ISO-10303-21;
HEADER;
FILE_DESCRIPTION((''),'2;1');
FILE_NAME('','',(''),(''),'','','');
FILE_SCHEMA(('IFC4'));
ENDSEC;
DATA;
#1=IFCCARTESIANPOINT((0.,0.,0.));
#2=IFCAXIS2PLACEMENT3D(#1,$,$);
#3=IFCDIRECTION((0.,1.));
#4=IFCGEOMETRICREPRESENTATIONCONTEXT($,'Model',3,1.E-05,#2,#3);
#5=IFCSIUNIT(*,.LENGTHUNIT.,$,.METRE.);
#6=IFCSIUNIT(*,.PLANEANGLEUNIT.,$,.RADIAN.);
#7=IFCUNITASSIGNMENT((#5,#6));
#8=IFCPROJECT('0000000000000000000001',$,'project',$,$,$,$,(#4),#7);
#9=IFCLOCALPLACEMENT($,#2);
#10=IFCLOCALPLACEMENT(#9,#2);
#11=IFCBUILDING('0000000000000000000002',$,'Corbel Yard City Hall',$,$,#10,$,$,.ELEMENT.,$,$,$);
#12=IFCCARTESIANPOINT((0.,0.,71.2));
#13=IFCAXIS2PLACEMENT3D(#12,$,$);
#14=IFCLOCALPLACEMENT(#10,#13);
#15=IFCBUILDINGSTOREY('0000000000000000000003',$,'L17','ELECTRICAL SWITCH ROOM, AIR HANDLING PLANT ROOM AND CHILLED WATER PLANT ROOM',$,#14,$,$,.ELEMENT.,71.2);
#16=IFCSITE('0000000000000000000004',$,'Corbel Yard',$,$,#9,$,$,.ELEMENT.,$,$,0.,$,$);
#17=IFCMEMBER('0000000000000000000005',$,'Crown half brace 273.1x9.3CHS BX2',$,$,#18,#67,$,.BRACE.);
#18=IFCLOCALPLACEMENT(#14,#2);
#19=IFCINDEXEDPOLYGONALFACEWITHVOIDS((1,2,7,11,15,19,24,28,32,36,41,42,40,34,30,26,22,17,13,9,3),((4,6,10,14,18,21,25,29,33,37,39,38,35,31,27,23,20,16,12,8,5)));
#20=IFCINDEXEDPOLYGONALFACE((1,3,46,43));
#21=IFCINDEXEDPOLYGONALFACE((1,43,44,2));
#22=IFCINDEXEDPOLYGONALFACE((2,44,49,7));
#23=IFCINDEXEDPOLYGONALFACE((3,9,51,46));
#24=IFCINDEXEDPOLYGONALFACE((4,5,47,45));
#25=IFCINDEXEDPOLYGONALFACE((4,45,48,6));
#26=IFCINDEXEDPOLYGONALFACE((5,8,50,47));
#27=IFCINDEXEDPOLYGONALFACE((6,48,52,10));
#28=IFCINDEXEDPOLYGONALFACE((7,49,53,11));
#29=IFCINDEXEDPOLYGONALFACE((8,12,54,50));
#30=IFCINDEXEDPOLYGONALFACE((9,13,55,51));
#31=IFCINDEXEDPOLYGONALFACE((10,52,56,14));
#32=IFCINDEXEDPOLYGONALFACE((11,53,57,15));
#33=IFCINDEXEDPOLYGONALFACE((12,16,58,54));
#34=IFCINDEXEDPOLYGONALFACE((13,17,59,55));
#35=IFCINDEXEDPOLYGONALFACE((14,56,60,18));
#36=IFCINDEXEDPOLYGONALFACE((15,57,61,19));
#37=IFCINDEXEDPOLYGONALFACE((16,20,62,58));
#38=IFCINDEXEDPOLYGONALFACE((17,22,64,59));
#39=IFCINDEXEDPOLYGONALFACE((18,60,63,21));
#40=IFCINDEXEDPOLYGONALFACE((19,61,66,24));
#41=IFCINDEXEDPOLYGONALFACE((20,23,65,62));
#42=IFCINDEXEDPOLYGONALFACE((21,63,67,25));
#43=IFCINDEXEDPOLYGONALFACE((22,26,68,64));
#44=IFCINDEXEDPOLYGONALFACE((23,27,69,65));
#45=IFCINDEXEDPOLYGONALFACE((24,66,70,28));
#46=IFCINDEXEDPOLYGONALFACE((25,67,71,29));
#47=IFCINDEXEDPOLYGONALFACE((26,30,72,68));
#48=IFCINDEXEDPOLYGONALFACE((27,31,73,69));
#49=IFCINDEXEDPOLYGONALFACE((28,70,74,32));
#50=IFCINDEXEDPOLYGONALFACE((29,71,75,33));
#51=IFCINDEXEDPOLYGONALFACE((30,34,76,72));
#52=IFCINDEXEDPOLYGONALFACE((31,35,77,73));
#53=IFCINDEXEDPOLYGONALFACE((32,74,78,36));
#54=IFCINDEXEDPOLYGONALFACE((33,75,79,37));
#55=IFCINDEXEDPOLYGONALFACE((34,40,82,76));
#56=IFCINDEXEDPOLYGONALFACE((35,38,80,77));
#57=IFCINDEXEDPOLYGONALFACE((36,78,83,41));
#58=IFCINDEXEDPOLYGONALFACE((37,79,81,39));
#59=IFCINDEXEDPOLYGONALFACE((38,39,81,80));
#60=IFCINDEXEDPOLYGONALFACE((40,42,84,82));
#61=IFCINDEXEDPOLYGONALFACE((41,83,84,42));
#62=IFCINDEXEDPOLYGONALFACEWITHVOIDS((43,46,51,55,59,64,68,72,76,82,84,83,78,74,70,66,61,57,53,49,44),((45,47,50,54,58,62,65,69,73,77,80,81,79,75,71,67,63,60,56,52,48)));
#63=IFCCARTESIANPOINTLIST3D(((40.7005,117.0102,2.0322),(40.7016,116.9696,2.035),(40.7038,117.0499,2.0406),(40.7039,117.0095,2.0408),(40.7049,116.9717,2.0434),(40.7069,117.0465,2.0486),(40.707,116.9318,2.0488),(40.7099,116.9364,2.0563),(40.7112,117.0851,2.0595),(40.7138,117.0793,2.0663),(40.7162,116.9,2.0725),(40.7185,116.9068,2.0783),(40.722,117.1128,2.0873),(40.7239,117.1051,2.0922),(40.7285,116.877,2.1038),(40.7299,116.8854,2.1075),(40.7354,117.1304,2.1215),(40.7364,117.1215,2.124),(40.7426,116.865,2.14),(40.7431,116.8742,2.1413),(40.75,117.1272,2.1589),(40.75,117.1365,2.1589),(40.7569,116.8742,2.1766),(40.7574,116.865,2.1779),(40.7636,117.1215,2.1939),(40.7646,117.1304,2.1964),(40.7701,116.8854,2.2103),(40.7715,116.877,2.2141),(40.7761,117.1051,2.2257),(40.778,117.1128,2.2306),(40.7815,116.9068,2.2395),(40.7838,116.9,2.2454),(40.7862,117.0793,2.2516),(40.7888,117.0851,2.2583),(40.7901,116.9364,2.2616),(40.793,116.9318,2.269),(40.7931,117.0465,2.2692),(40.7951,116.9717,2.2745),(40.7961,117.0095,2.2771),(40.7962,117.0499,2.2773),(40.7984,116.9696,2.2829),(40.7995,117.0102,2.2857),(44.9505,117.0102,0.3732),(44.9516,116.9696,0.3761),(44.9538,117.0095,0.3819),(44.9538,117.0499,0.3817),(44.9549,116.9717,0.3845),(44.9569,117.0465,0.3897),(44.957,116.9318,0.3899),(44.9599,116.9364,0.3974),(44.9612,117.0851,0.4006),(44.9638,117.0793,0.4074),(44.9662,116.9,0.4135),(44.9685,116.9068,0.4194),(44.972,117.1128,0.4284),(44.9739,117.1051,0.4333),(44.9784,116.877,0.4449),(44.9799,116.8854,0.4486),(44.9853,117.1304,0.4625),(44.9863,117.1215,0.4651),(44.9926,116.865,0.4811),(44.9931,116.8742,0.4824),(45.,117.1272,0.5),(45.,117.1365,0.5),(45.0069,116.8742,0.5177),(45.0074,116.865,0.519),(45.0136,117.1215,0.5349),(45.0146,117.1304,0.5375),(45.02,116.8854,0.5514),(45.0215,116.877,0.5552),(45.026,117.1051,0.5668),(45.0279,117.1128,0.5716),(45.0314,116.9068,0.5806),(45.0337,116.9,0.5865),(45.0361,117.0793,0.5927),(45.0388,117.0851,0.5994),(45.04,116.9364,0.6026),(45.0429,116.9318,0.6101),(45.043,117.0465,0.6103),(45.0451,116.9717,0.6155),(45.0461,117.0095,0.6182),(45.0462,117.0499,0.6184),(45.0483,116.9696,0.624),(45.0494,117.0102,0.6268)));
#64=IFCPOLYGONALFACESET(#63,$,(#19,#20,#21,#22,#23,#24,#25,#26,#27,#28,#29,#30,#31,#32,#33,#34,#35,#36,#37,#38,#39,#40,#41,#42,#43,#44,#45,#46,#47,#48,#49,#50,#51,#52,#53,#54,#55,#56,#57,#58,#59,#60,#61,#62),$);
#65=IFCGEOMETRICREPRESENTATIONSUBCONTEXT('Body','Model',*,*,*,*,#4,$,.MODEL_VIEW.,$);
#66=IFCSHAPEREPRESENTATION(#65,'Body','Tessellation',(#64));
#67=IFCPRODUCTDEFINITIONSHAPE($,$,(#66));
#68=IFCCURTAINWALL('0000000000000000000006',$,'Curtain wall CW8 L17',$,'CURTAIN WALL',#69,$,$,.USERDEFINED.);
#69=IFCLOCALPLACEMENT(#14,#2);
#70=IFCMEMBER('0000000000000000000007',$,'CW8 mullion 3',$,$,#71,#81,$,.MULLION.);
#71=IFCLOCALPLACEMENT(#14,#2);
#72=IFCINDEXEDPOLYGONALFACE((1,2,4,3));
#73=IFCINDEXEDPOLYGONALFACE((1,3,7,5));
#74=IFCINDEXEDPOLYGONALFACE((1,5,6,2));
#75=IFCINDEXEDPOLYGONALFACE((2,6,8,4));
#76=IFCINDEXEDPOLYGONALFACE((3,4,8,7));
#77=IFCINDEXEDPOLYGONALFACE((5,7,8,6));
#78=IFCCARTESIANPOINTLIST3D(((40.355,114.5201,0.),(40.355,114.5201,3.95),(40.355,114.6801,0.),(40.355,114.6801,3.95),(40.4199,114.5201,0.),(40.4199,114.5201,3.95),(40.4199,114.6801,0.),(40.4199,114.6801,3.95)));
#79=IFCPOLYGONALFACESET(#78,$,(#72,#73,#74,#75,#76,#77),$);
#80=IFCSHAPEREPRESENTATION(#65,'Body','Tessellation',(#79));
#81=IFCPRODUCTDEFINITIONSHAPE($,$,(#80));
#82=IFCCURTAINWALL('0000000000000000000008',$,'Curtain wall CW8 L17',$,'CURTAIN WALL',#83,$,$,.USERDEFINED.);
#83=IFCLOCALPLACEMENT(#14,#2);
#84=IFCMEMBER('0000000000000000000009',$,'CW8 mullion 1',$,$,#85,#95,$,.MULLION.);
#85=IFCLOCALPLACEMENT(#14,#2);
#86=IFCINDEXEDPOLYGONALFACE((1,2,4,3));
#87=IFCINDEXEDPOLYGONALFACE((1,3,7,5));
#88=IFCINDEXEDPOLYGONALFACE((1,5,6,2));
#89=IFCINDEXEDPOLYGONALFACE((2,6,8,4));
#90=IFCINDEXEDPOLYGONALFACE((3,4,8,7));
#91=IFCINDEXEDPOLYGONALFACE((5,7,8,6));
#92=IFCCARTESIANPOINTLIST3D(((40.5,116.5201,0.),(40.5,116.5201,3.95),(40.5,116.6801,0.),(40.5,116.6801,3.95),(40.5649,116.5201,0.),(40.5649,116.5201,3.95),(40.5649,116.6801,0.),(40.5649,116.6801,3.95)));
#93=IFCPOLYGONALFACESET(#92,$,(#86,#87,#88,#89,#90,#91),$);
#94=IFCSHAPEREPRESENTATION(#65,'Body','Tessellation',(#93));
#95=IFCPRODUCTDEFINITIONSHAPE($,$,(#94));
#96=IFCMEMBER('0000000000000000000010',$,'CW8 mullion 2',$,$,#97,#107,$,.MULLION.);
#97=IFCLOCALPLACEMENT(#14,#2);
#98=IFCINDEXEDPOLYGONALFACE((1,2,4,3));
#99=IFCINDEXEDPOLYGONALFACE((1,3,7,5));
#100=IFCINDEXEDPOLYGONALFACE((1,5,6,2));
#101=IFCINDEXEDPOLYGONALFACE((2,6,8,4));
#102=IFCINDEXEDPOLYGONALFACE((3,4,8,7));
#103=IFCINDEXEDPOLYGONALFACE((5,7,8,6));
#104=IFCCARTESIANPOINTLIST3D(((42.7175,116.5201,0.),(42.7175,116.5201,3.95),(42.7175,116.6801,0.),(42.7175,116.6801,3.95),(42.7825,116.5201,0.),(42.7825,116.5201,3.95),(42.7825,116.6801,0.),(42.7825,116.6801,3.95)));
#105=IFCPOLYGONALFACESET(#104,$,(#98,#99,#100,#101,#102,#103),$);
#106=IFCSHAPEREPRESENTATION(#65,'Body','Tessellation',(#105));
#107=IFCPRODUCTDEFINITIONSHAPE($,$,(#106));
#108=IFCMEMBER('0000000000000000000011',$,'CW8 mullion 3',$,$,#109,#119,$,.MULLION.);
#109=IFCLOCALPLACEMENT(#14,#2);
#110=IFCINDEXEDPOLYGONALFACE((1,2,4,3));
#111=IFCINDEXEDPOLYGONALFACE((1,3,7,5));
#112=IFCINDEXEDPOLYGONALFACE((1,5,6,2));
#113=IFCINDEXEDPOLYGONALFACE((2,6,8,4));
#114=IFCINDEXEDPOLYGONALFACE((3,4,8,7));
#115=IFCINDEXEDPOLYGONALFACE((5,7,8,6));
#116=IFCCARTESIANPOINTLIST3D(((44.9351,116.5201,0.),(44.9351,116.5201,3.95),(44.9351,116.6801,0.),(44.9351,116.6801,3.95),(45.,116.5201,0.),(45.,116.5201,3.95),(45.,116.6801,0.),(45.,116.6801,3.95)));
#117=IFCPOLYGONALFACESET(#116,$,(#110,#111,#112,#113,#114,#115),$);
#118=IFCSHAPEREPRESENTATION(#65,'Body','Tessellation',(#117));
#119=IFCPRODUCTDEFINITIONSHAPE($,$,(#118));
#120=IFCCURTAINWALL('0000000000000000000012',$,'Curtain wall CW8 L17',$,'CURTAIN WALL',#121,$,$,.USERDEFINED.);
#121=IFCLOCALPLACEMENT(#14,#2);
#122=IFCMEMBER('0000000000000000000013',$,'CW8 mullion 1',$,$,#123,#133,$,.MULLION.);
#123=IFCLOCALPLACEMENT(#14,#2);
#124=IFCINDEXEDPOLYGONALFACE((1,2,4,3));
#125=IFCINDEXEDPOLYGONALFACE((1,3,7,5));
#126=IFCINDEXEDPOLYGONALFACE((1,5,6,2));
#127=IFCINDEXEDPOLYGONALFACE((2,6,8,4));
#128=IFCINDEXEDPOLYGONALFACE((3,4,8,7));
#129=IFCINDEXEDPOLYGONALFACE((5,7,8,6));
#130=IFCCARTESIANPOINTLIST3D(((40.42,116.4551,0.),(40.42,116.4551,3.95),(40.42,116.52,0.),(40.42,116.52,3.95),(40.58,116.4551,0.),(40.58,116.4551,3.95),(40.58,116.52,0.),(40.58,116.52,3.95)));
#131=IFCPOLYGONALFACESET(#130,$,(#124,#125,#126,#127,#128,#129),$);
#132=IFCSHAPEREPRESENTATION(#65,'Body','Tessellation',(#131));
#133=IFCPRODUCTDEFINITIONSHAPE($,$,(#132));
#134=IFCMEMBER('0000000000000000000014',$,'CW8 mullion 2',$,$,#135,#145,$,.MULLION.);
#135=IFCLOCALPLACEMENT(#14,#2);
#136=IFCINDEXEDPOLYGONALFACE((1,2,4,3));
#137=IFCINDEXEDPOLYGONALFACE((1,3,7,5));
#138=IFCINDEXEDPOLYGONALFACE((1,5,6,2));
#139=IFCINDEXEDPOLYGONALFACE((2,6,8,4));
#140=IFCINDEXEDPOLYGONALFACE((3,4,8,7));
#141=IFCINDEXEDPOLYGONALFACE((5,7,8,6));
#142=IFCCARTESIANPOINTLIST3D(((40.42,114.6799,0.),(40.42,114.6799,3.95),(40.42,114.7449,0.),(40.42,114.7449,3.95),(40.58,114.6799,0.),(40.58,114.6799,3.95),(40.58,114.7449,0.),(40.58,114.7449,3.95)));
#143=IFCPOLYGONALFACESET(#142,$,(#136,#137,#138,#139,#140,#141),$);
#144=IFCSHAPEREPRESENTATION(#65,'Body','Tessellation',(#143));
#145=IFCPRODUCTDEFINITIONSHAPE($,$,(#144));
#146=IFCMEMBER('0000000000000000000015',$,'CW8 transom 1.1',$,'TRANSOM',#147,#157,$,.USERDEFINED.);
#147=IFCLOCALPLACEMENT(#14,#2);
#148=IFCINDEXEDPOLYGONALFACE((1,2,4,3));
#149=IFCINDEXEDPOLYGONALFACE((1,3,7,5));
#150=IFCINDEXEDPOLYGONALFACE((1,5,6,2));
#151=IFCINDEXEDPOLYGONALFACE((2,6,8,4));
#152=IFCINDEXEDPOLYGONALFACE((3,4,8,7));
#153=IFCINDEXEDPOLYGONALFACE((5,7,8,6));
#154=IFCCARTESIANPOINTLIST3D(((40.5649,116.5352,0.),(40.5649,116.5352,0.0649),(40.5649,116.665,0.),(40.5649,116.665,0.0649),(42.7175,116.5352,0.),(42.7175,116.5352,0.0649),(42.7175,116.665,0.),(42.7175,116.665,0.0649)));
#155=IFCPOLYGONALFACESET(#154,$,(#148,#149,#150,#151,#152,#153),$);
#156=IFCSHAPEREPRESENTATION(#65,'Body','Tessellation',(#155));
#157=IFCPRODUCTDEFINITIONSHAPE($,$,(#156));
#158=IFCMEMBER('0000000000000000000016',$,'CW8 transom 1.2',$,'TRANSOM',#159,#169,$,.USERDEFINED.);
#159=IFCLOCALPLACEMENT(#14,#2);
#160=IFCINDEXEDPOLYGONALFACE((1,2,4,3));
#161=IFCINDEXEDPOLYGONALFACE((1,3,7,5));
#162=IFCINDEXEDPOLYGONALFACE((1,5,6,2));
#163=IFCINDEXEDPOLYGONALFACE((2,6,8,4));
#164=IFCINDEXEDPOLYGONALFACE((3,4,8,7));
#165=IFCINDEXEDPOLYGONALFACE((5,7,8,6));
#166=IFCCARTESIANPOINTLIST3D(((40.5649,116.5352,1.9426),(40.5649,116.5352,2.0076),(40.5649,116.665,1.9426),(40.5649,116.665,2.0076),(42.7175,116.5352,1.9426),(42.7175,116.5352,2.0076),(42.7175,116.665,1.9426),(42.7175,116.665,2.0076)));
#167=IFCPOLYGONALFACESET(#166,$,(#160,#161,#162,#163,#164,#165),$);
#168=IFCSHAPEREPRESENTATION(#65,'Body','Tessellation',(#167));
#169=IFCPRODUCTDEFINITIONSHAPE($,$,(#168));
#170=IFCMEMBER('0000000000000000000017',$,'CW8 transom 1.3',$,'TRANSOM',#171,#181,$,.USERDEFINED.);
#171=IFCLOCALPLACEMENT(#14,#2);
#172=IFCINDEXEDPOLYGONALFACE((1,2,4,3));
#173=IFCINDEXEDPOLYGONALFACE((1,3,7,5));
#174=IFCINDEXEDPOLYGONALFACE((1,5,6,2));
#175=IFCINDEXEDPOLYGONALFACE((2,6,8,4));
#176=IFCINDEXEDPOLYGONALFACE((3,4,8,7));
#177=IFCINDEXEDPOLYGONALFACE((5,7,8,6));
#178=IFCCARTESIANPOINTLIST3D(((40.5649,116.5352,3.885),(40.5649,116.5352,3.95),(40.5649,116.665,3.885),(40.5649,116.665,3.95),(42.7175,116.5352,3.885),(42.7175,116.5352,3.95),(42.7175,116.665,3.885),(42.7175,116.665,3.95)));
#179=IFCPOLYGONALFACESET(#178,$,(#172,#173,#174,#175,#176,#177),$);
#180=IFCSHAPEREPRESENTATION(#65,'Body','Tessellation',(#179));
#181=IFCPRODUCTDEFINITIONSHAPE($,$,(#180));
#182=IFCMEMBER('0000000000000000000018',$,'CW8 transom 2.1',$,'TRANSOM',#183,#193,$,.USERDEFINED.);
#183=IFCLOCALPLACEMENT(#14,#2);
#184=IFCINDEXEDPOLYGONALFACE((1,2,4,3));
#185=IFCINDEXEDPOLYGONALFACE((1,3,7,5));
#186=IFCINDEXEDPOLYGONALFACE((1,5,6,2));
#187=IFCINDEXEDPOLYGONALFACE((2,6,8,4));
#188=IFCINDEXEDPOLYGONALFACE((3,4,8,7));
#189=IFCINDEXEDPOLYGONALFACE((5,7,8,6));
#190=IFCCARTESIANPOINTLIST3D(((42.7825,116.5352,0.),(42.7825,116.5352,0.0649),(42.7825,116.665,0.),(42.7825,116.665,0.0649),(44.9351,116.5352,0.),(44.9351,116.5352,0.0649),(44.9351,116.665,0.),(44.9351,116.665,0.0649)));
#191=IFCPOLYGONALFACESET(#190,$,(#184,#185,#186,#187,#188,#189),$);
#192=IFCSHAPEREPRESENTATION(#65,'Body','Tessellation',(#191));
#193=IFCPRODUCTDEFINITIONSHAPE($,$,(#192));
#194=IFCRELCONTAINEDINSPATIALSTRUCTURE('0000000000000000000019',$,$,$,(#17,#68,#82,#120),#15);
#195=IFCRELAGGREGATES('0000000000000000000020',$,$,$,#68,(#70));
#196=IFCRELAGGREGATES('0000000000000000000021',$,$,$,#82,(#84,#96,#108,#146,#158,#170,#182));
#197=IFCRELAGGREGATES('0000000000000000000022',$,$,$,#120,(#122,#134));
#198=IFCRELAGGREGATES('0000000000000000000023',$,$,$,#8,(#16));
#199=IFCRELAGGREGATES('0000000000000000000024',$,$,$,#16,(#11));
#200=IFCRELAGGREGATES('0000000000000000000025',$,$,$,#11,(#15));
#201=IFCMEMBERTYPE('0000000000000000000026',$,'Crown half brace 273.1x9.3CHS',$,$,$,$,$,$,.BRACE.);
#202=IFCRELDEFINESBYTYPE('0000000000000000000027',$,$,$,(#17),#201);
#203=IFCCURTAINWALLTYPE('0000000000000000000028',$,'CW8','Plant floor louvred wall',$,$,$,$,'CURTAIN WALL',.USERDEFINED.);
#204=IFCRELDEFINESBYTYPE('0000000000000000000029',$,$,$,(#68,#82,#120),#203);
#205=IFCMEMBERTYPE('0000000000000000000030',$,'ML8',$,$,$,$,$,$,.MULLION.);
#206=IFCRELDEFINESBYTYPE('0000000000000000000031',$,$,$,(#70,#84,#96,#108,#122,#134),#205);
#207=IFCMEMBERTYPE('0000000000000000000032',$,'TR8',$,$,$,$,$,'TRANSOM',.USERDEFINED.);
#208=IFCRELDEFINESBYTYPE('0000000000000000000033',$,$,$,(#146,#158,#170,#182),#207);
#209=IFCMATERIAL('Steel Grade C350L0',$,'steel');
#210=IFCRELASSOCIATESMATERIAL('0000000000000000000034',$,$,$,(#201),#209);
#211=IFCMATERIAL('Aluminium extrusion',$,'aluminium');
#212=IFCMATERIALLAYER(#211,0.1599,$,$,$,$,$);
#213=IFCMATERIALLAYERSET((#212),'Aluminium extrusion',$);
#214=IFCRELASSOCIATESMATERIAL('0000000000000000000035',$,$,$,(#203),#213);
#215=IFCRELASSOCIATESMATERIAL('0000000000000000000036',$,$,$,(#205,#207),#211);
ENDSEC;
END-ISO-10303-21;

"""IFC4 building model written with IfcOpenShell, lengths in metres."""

from ifc_helpers import new_model, si_unit, direction, frame, origin, origin_2d, place, context, subcontext, project, spatial, rectangle, hollow_circle, extrude, material, layer, layer_set, material_profile, profile_set, type_object, element, aggregate, save


model = new_model("IFC4")

# Units and contexts
model_context = context("Model", 3, precision=1e-05, world=origin(), true_north=direction((0.0, 1.0)))
body_context = subcontext(model_context, "Body", "Model", "MODEL_VIEW")
ifc_project = project(units=[si_unit("LENGTHUNIT", "METRE"), si_unit("PLANEANGLEUNIT", "RADIAN")], contexts=[model_context])

# Site, building, storey
site_placement = place(None, origin())
site = spatial("IfcSite", under=ifc_project, at=site_placement, Name="Corbel Yard", CompositionType="ELEMENT", RefElevation=0.0)
building_placement = place(site_placement, origin())
building = spatial("IfcBuilding", under=site, at=building_placement, Name="Corbel Yard City Hall", CompositionType="ELEMENT")
storey_placement = place(building_placement, frame((0.0, 0.0, 71.2)))
storey = spatial("IfcBuildingStorey", under=building, at=storey_placement, Name="L17", Description="ELECTRICAL SWITCH ROOM, AIR HANDLING PLANT ROOM AND CHILLED WATER PLANT ROOM", CompositionType="ELEMENT", Elevation=71.2)

# Member
ifc_material_1 = material(Name="Steel Grade C350L0", Category="steel")
ifc_material_profile_1 = material_profile(ifc_material_1, hollow_circle(Radius=0.1365, WallThickness=0.0093, at=origin_2d()), Name="273.1x9.3CHS")
ifc_profile_set_1 = profile_set([ifc_material_profile_1], Name="Steel Grade C350L0")
member_type_1 = type_object("IfcMemberType", Name="Crown half brace 273.1x9.3CHS", PredefinedType="BRACE", material=ifc_profile_set_1)
member_1_placement = place(storey_placement, frame((40.75, 117.0, 2.1589), z_axis=(0.931548, 0.0, -0.363618), x_axis=(0.0, 1.0, 0.0)))
element("IfcMember", 1, at=member_1_placement, inside=storey, type_object=member_type_1, Name="Crown half brace 273.1x9.3CHS BX2", PredefinedType="BRACE", context=body_context, shape_type="SweptSolid", body=[
    extrude(hollow_circle(Radius=0.1365, WallThickness=0.0093, at=origin_2d()), origin(), (0.0, 0.0, 1.0), 4.5623),
])

# Curtain wall, member
ifc_material_2 = material(Name="Aluminium extrusion", Category="aluminium")
ifc_layer_1 = layer(ifc_material_2, 0.1599)
ifc_layer_set_1 = layer_set([ifc_layer_1], Name="Aluminium extrusion")
curtain_wall_type = type_object("IfcCurtainWallType", Name="CW8", Description="Plant floor louvred wall", ElementType="CURTAIN WALL", PredefinedType="USERDEFINED", material=ifc_layer_set_1)
curtain_wall_1_placement = place(storey_placement, origin())
curtain_wall_1 = element("IfcCurtainWall", 2, at=curtain_wall_1_placement, inside=storey, type_object=curtain_wall_type, Name="Curtain wall CW8 L17", ObjectType="CURTAIN WALL", PredefinedType="USERDEFINED")
ifc_material_profile_2 = material_profile(ifc_material_2, rectangle(XDim=0.1599, YDim=0.0649, at=origin_2d()), Name="160x65")
ifc_profile_set_2 = profile_set([ifc_material_profile_2], Name="Aluminium extrusion")
member_type_2 = type_object("IfcMemberType", Name="ML8", PredefinedType="MULLION", material=ifc_profile_set_2)
member_2_placement = place(storey_placement, frame((40.3875, 114.6001, 0.0), z_axis=(0.0, 0.0, 1.0), x_axis=(0.0, 1.0, 0.0)))
member_2 = element("IfcMember", 3, at=member_2_placement, type_object=member_type_2, Name="CW8 mullion 3", PredefinedType="MULLION", context=body_context, shape_type="SweptSolid", body=[
    extrude(rectangle(XDim=0.1599, YDim=0.0649, at=origin_2d()), origin(), (0.0, 0.0, 1.0), 3.95),
])
aggregate(curtain_wall_1, [member_2])

# Curtain walls, members
curtain_wall_2_placement = place(storey_placement, origin())
curtain_wall_2 = element("IfcCurtainWall", 4, at=curtain_wall_2_placement, inside=storey, type_object=curtain_wall_type, Name="Curtain wall CW8 L17", ObjectType="CURTAIN WALL", PredefinedType="USERDEFINED")
member_3_placement = place(storey_placement, frame((40.5325, 116.6001, 0.0), z_axis=(0.0, 0.0, 1.0), x_axis=(0.0, 1.0, 0.0)))
member_3 = element("IfcMember", 5, at=member_3_placement, type_object=member_type_2, Name="CW8 mullion 1", PredefinedType="MULLION", context=body_context, shape_type="SweptSolid", body=[
    extrude(rectangle(XDim=0.1599, YDim=0.0649, at=origin_2d()), origin(), (0.0, 0.0, 1.0), 3.95),
])
member_4_placement = place(storey_placement, frame((42.75, 116.6001, 0.0), z_axis=(0.0, 0.0, 1.0), x_axis=(0.0, 1.0, 0.0)))
member_4 = element("IfcMember", 6, at=member_4_placement, type_object=member_type_2, Name="CW8 mullion 2", PredefinedType="MULLION", context=body_context, shape_type="SweptSolid", body=[
    extrude(rectangle(XDim=0.1599, YDim=0.0649, at=origin_2d()), origin(), (0.0, 0.0, 1.0), 3.95),
])
member_5_placement = place(storey_placement, frame((44.9675, 116.6001, 0.0), z_axis=(0.0, 0.0, 1.0), x_axis=(0.0, 1.0, 0.0)))
member_5 = element("IfcMember", 7, at=member_5_placement, type_object=member_type_2, Name="CW8 mullion 3", PredefinedType="MULLION", context=body_context, shape_type="SweptSolid", body=[
    extrude(rectangle(XDim=0.1599, YDim=0.0649, at=origin_2d()), origin(), (0.0, 0.0, 1.0), 3.95),
])
curtain_wall_3_placement = place(storey_placement, origin())
curtain_wall_3 = element("IfcCurtainWall", 8, at=curtain_wall_3_placement, inside=storey, type_object=curtain_wall_type, Name="Curtain wall CW8 L17", ObjectType="CURTAIN WALL", PredefinedType="USERDEFINED")
member_6_placement = place(storey_placement, frame((40.5, 116.4875, 0.0), z_axis=(0.0, 0.0, 1.0), x_axis=(1.0, 0.0, 0.0)))
member_6 = element("IfcMember", 9, at=member_6_placement, type_object=member_type_2, Name="CW8 mullion 1", PredefinedType="MULLION", context=body_context, shape_type="SweptSolid", body=[
    extrude(rectangle(XDim=0.1599, YDim=0.0649, at=origin_2d()), origin(), (0.0, 0.0, 1.0), 3.95),
])
member_7_placement = place(storey_placement, frame((40.5, 114.7124, 0.0), z_axis=(0.0, 0.0, 1.0), x_axis=(1.0, 0.0, 0.0)))
member_7 = element("IfcMember", 10, at=member_7_placement, type_object=member_type_2, Name="CW8 mullion 2", PredefinedType="MULLION", context=body_context, shape_type="SweptSolid", body=[
    extrude(rectangle(XDim=0.1599, YDim=0.0649, at=origin_2d()), origin(), (0.0, 0.0, 1.0), 3.95),
])

# Members
ifc_material_profile_3 = material_profile(ifc_material_2, rectangle(XDim=0.1299, YDim=0.0649, at=origin_2d()), Name="130x65")
ifc_profile_set_3 = profile_set([ifc_material_profile_3], Name="Aluminium extrusion")
member_type_3 = type_object("IfcMemberType", Name="TR8", ElementType="TRANSOM", PredefinedType="USERDEFINED", material=ifc_profile_set_3)
member_8_placement = place(storey_placement, frame((40.5649, 116.6001, 0.0325), z_axis=(1.0, 0.0, 0.0), x_axis=(0.0, 1.0, 0.0)))
member_8 = element("IfcMember", 11, at=member_8_placement, type_object=member_type_3, Name="CW8 transom 1.1", ObjectType="TRANSOM", PredefinedType="USERDEFINED", context=body_context, shape_type="SweptSolid", body=[
    extrude(rectangle(XDim=0.1299, YDim=0.0649, at=origin_2d()), origin(), (0.0, 0.0, 1.0), 2.1526),
])
member_9_placement = place(storey_placement, frame((40.5649, 116.6001, 1.9751), z_axis=(1.0, 0.0, 0.0), x_axis=(0.0, 1.0, 0.0)))
member_9 = element("IfcMember", 12, at=member_9_placement, type_object=member_type_3, Name="CW8 transom 1.2", ObjectType="TRANSOM", PredefinedType="USERDEFINED", context=body_context, shape_type="SweptSolid", body=[
    extrude(rectangle(XDim=0.1299, YDim=0.0649, at=origin_2d()), origin(), (0.0, 0.0, 1.0), 2.1526),
])
member_10_placement = place(storey_placement, frame((40.5649, 116.6001, 3.9175), z_axis=(1.0, 0.0, 0.0), x_axis=(0.0, 1.0, 0.0)))
member_10 = element("IfcMember", 13, at=member_10_placement, type_object=member_type_3, Name="CW8 transom 1.3", ObjectType="TRANSOM", PredefinedType="USERDEFINED", context=body_context, shape_type="SweptSolid", body=[
    extrude(rectangle(XDim=0.1299, YDim=0.0649, at=origin_2d()), origin(), (0.0, 0.0, 1.0), 2.1526),
])
member_11_placement = place(storey_placement, frame((42.7825, 116.6001, 0.0325), z_axis=(1.0, 0.0, 0.0), x_axis=(0.0, 1.0, 0.0)))
member_11 = element("IfcMember", 14, at=member_11_placement, type_object=member_type_3, Name="CW8 transom 2.1", ObjectType="TRANSOM", PredefinedType="USERDEFINED", context=body_context, shape_type="SweptSolid", body=[
    extrude(rectangle(XDim=0.1299, YDim=0.0649, at=origin_2d()), origin(), (0.0, 0.0, 1.0), 2.1526),
])

aggregate(curtain_wall_2, [member_3, member_4, member_5, member_8, member_9, member_10, member_11])
aggregate(curtain_wall_3, [member_6, member_7])

save(model, "model.ifc")
